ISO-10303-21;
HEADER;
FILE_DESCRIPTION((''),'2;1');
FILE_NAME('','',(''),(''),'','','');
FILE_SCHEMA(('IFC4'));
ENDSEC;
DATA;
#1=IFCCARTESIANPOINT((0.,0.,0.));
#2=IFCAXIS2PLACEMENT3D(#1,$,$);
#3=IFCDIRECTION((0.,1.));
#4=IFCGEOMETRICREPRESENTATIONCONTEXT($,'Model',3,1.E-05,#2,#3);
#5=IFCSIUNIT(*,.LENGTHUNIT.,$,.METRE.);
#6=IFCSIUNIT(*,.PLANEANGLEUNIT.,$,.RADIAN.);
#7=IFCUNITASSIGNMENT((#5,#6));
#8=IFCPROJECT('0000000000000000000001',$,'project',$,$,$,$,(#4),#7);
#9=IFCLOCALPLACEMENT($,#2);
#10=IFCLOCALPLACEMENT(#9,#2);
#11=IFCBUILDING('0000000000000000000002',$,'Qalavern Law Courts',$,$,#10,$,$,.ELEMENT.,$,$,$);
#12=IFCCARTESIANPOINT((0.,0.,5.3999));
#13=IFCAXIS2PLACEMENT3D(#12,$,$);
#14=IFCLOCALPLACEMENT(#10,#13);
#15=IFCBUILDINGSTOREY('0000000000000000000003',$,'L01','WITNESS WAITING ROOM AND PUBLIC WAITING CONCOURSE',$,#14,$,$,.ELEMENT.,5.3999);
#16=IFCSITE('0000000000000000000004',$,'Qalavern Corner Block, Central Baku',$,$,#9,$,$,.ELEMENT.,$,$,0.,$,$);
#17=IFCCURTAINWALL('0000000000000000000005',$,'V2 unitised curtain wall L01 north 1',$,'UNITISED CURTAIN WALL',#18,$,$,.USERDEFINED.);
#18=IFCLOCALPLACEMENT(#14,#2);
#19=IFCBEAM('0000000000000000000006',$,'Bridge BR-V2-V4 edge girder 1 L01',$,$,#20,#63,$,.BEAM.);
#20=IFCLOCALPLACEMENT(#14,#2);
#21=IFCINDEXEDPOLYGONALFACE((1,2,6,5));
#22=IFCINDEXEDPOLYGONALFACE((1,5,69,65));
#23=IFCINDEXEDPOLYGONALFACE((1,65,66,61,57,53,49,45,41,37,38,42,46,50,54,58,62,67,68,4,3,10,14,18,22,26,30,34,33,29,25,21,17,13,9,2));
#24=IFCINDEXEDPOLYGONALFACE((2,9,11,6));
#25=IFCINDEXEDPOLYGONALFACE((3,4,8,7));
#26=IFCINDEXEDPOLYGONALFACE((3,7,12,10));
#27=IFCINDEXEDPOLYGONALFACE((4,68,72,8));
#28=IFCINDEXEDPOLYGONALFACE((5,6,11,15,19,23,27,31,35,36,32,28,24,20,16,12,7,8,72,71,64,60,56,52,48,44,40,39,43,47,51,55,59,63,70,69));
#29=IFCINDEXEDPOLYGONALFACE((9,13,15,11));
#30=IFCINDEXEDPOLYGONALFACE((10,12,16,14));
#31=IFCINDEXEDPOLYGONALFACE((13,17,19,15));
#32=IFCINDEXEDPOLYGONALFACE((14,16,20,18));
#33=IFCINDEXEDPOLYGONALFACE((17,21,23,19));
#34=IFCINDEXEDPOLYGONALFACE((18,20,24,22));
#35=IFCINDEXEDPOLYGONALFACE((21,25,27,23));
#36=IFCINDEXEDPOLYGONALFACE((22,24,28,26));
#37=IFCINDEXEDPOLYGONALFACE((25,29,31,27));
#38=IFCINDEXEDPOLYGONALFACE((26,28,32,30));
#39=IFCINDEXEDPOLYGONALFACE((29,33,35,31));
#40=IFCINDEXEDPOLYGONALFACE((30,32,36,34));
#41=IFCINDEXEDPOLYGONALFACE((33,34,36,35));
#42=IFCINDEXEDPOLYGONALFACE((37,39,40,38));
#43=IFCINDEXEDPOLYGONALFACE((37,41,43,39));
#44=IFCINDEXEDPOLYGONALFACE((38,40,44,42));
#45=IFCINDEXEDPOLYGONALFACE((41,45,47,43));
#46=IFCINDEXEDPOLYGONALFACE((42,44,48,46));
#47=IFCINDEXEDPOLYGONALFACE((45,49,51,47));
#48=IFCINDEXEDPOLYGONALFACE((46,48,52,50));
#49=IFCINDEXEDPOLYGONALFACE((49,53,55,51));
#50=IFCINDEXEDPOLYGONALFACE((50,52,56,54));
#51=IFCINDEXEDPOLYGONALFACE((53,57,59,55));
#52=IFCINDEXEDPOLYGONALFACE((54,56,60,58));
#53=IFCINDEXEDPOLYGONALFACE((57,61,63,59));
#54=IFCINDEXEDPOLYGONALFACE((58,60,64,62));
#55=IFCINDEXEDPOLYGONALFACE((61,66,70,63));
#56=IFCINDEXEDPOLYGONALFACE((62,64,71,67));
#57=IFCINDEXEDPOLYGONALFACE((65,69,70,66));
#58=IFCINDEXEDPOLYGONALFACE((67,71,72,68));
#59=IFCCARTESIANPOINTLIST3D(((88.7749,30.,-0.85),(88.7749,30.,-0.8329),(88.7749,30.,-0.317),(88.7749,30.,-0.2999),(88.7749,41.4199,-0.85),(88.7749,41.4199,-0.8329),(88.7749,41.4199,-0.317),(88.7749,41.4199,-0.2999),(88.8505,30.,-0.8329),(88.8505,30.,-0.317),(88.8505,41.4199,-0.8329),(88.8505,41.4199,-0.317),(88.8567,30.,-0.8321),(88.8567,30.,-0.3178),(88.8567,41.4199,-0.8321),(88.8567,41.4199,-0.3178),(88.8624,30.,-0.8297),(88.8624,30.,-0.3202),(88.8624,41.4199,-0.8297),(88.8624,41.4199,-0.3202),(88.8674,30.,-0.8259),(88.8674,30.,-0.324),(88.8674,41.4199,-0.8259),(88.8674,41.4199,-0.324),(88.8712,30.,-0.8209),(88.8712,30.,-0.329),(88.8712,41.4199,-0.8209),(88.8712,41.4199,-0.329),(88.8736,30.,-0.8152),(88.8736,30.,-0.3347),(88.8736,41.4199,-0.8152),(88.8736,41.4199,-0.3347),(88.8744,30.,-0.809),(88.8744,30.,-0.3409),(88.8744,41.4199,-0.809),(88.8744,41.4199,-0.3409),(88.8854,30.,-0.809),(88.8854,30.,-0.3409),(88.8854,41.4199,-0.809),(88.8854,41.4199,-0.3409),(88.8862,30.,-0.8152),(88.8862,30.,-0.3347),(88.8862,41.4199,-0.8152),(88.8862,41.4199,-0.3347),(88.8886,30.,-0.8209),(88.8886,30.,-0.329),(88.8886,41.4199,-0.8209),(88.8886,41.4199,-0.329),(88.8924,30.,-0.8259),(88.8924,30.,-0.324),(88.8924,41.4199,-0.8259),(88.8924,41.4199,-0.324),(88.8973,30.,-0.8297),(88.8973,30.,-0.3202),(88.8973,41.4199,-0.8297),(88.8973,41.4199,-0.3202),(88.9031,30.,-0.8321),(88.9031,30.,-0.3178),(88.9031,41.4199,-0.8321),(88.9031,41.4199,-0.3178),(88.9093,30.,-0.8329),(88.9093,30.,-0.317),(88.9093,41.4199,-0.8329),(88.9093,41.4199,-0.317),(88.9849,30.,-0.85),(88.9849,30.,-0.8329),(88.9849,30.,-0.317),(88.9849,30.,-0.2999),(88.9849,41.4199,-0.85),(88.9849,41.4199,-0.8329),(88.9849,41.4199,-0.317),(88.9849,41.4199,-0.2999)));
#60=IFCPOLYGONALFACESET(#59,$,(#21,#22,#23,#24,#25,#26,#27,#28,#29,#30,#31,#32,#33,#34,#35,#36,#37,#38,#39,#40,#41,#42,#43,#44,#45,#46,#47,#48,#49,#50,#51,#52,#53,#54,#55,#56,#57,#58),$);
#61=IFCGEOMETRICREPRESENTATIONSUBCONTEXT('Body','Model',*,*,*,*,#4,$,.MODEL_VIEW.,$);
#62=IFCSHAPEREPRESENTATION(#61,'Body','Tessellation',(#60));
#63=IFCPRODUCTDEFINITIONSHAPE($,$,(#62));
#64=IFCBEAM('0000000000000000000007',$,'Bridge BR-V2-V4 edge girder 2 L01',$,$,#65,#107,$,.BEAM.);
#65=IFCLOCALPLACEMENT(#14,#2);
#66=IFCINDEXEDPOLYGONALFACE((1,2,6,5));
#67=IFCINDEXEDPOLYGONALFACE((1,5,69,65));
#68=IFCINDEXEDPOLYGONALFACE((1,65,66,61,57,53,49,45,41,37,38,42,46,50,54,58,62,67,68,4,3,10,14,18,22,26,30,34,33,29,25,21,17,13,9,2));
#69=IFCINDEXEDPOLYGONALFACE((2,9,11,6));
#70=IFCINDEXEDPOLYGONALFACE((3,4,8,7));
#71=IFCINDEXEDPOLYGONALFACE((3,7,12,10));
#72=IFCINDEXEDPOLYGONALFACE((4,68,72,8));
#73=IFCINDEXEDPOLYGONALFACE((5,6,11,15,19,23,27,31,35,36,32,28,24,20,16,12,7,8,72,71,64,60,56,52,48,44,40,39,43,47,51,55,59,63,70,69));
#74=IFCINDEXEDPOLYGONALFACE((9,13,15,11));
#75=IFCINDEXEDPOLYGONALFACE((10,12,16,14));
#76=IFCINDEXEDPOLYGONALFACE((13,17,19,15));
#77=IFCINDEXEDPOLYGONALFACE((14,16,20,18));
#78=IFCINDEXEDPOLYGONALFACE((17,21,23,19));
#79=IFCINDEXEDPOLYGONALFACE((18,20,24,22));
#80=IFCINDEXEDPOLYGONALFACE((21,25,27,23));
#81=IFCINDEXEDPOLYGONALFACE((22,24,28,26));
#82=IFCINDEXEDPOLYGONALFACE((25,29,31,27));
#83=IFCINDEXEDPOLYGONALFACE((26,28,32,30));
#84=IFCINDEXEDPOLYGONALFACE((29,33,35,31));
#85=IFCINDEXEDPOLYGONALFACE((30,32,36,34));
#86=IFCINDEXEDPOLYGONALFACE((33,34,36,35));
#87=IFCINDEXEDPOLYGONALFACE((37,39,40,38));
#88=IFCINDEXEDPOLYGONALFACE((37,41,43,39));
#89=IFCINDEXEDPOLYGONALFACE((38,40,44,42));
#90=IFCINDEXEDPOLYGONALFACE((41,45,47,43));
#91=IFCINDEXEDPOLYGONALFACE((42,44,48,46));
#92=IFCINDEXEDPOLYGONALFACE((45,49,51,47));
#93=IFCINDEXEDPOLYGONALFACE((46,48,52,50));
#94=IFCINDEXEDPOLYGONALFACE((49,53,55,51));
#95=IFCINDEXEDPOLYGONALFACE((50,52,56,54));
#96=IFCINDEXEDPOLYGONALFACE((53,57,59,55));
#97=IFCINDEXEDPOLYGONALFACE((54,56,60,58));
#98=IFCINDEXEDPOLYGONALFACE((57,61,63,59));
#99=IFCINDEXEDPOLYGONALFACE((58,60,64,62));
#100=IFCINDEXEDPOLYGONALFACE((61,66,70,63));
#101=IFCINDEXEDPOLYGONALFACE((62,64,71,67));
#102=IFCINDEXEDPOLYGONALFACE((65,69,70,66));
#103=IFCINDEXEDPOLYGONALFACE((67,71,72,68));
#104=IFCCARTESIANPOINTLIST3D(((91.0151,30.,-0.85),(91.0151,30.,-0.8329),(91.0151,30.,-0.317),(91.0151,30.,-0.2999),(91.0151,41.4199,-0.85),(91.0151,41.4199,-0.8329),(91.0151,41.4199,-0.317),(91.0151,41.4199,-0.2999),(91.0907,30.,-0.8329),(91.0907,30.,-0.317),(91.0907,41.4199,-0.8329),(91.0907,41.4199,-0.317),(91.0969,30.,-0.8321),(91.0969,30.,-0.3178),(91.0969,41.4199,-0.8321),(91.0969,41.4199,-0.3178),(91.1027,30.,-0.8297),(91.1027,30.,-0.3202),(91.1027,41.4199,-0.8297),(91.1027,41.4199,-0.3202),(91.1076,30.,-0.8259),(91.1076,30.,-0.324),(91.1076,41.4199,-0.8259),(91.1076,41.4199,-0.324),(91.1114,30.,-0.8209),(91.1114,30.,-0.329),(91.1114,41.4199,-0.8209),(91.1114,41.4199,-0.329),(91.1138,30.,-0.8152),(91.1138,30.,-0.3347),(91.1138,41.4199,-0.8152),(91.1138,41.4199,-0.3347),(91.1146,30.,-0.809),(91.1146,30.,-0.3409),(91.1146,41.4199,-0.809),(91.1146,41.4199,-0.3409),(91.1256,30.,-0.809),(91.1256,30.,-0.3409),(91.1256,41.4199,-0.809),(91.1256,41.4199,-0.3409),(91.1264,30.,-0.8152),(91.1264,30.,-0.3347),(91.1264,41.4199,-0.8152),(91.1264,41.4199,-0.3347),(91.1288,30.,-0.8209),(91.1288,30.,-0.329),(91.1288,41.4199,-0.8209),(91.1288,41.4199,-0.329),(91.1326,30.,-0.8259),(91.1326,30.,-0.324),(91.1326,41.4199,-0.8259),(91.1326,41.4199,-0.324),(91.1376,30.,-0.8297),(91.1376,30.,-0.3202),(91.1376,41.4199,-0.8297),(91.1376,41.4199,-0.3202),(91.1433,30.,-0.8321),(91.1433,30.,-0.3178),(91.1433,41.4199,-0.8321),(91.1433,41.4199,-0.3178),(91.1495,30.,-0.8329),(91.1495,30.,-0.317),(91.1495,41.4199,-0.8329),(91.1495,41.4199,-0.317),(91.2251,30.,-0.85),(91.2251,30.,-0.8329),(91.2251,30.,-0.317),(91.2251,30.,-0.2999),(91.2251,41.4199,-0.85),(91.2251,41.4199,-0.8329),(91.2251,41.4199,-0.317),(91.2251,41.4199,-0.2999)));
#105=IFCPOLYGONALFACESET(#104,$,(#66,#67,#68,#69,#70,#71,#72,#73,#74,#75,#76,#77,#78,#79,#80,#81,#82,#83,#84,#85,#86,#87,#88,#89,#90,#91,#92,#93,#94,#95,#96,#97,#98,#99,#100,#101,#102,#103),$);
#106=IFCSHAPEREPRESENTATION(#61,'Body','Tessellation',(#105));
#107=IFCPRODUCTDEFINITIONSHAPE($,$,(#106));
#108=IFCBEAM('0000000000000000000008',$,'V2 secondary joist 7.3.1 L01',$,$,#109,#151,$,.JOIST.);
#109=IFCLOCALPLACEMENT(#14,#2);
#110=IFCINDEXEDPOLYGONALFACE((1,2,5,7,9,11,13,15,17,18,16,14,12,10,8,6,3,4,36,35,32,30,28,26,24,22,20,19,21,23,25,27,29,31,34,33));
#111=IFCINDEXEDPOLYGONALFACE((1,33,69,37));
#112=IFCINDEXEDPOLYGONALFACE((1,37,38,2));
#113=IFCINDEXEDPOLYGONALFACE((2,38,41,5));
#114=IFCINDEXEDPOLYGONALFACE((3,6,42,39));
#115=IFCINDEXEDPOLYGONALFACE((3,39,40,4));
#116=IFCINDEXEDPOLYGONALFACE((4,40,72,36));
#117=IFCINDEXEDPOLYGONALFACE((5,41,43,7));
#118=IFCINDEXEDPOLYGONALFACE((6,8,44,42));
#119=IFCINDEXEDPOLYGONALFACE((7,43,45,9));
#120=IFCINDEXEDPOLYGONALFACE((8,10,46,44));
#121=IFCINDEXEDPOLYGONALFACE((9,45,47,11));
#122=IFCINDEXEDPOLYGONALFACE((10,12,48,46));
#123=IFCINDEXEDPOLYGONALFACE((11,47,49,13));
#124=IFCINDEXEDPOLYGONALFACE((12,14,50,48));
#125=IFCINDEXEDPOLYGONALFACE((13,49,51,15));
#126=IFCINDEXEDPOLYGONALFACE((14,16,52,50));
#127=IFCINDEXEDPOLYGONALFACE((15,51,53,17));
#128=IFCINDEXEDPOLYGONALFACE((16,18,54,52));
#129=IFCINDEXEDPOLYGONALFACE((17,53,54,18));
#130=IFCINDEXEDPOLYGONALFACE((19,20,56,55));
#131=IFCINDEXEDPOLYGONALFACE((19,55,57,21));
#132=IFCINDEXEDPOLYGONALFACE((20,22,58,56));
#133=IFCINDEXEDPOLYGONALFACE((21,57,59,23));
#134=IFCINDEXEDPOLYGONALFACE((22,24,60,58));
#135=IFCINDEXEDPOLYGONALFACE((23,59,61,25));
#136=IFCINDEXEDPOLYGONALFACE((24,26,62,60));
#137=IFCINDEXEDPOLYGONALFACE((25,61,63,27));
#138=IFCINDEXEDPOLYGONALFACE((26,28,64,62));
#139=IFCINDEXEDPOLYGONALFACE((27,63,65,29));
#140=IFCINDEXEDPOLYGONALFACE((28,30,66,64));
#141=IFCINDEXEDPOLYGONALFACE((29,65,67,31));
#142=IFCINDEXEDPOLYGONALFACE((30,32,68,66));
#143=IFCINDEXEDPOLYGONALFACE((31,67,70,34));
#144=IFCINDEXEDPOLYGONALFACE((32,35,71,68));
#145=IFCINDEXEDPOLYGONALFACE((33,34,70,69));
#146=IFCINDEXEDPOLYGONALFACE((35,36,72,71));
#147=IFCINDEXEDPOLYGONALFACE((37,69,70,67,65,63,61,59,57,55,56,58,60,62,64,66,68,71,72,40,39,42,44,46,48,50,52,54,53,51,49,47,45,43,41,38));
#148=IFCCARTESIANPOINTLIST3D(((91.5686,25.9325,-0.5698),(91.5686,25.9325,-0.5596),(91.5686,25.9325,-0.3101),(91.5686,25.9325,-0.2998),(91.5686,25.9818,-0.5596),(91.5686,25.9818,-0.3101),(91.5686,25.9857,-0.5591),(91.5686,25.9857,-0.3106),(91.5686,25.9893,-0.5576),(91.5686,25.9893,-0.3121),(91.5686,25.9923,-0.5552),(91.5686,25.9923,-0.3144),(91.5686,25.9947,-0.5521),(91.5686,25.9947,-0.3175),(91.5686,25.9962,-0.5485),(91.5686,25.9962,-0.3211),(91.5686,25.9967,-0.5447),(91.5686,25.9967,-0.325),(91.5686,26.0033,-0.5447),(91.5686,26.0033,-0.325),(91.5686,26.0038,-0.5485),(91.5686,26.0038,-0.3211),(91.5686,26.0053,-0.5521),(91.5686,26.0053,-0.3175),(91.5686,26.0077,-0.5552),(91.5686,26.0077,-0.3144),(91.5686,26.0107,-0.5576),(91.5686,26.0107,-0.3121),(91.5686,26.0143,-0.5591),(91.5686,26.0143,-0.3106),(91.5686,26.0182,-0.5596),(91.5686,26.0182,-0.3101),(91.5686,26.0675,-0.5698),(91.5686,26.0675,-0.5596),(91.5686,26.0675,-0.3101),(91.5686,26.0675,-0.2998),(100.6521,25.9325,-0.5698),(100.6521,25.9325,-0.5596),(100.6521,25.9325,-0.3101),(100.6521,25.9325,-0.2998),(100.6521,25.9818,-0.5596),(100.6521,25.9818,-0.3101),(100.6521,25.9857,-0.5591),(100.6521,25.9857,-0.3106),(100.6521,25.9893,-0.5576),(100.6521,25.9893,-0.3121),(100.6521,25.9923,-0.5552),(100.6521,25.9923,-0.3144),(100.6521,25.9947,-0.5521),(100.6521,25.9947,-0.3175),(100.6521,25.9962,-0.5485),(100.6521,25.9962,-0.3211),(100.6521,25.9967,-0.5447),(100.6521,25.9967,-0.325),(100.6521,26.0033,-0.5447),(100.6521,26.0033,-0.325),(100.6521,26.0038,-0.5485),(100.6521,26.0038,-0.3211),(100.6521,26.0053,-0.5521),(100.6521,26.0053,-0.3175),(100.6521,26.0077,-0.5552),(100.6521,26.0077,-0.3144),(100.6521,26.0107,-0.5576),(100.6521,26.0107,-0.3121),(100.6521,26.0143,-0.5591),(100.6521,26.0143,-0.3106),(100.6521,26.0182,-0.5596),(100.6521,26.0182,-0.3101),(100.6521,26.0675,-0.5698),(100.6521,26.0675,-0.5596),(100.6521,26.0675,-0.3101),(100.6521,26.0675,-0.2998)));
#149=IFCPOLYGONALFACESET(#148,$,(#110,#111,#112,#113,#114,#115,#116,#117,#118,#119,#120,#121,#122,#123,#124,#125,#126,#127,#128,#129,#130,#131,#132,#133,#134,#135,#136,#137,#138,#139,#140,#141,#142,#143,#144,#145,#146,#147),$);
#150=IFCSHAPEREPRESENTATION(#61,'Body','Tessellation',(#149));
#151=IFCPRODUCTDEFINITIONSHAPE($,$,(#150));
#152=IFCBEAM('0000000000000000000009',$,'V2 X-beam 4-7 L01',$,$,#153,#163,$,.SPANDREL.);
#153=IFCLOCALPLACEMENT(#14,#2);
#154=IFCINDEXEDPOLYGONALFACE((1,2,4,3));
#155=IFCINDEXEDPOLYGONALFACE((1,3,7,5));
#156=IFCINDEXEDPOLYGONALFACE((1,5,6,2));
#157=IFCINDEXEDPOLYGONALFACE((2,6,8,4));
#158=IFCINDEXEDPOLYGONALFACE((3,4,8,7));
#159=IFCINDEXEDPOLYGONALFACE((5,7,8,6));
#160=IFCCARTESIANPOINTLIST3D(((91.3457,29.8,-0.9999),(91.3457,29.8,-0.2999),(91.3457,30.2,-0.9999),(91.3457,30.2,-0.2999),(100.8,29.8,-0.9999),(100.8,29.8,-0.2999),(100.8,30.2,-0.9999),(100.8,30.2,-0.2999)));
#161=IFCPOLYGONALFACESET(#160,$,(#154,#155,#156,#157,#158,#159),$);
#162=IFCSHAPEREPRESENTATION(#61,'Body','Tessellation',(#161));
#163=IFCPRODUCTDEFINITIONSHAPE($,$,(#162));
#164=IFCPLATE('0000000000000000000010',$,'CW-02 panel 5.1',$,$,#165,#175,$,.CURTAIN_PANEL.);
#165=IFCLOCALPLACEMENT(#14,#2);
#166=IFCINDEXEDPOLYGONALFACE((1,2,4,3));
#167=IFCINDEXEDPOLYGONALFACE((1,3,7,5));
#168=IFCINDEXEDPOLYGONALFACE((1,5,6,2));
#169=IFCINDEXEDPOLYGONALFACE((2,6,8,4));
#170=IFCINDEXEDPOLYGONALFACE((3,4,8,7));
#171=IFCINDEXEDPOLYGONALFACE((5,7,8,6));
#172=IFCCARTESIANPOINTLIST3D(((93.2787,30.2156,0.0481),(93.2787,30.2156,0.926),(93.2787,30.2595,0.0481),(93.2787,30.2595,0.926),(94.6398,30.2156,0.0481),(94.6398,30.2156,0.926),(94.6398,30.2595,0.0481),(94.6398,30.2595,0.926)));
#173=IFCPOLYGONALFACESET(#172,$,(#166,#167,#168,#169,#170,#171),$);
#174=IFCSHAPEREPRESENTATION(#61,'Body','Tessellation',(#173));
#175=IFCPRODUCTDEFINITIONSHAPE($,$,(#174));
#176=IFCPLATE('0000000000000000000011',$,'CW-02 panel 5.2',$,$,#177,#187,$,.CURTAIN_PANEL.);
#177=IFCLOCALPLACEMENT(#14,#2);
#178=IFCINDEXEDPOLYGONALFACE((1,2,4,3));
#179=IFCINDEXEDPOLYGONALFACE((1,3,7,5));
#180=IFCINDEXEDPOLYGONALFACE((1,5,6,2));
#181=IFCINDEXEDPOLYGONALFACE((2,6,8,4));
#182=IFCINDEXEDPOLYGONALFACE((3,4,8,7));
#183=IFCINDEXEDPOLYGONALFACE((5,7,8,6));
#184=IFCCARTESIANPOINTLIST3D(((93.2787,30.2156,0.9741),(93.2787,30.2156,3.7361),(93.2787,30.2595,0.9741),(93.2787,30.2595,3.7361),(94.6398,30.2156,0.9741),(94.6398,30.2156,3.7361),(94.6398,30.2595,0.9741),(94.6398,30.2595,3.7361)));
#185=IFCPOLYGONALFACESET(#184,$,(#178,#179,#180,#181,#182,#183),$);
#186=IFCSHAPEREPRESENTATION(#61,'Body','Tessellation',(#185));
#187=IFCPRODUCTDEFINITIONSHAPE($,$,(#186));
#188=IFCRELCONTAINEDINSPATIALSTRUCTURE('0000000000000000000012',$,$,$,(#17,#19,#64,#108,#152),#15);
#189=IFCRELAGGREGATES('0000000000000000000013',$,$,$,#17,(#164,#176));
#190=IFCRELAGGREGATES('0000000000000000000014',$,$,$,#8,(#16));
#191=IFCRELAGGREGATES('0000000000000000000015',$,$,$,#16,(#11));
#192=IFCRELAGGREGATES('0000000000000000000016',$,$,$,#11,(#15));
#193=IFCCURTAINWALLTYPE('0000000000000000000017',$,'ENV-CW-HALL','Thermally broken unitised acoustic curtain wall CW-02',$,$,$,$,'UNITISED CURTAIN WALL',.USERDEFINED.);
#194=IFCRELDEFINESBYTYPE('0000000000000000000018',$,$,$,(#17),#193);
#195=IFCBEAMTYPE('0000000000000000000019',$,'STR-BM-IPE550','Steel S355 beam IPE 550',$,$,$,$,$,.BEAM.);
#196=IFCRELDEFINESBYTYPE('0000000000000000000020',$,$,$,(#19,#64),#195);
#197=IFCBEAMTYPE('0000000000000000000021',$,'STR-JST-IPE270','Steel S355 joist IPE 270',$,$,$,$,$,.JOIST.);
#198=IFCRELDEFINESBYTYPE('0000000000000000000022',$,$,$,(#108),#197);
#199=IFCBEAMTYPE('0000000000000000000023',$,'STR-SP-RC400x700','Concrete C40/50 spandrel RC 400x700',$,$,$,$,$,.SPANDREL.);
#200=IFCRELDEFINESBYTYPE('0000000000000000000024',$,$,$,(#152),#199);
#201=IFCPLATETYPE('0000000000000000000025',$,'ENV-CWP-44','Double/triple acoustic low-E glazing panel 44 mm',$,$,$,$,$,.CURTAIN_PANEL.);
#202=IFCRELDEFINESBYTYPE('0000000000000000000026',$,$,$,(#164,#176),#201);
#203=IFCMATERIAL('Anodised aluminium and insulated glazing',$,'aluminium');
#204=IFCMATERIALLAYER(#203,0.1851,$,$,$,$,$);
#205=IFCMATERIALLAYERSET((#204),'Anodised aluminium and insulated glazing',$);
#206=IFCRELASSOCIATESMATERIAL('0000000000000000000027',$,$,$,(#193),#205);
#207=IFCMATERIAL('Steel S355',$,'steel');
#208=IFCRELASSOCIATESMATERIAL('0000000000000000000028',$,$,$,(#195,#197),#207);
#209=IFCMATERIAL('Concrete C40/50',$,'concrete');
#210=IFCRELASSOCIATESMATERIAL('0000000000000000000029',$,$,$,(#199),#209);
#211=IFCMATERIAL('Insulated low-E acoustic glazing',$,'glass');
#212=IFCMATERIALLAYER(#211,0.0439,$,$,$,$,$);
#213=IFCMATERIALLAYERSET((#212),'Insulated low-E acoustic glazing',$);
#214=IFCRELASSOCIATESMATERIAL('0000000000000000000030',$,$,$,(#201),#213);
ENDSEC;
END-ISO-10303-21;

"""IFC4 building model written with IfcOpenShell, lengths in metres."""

from ifc_helpers import new_model, si_unit, direction, frame, origin, origin_2d, place, context, subcontext, project, spatial, rectangle, i_section, extrude, material, layer, layer_set, material_profile, profile_set, type_object, element, aggregate, save


model = new_model("IFC4")

# Units and contexts
model_context = context("Model", 3, precision=1e-05, world=origin(), true_north=direction((0.0, 1.0)))
body_context = subcontext(model_context, "Body", "Model", "MODEL_VIEW")
ifc_project = project(units=[si_unit("LENGTHUNIT", "METRE"), si_unit("PLANEANGLEUNIT", "RADIAN")], contexts=[model_context])

# Site, building, storey
site_placement = place(None, origin())
site = spatial("IfcSite", under=ifc_project, at=site_placement, Name="Qalavern Corner Block, Central Baku", CompositionType="ELEMENT", RefElevation=0.0)
building_placement = place(site_placement, origin())
building = spatial("IfcBuilding", under=site, at=building_placement, Name="Qalavern Law Courts", CompositionType="ELEMENT")
storey_placement = place(building_placement, frame((0.0, 0.0, 5.3999)))
storey = spatial("IfcBuildingStorey", under=building, at=storey_placement, Name="L01", Description="WITNESS WAITING ROOM AND PUBLIC WAITING CONCOURSE", CompositionType="ELEMENT", Elevation=5.3999)

# Curtain wall
ifc_material_1 = material(Name="Anodised aluminium and insulated glazing", Category="aluminium")
ifc_layer_1 = layer(ifc_material_1, 0.1851)
ifc_layer_set_1 = layer_set([ifc_layer_1], Name="Anodised aluminium and insulated glazing")
curtain_wall_type = type_object("IfcCurtainWallType", Name="ENV-CW-HALL", Description="Thermally broken unitised acoustic curtain wall CW-02", ElementType="UNITISED CURTAIN WALL", PredefinedType="USERDEFINED", material=ifc_layer_set_1)
curtain_wall_placement = place(storey_placement, origin())
curtain_wall = element("IfcCurtainWall", 1, at=curtain_wall_placement, inside=storey, type_object=curtain_wall_type, Name="V2 unitised curtain wall L01 north 1", ObjectType="UNITISED CURTAIN WALL", PredefinedType="USERDEFINED")

# Beams
ifc_material_2 = material(Name="Steel S355", Category="steel")
ifc_material_profile_1 = material_profile(ifc_material_2, i_section(OverallWidth=0.21, OverallDepth=0.55, WebThickness=0.011, FlangeThickness=0.0171, FilletRadius=0.0239, at=origin_2d()), Name="IPE 550")
ifc_profile_set_1 = profile_set([ifc_material_profile_1], Name="Steel S355")
beam_type_1 = type_object("IfcBeamType", Name="STR-BM-IPE550", Description="Steel S355 beam IPE 550", PredefinedType="BEAM", material=ifc_profile_set_1)
for number, where, z_axis, x_axis, name in (
    (2, (88.8799, 30.0, -0.575), (0.0, 1.0, 0.0), (-1.0, 0.0, 0.0), "Bridge BR-V2-V4 edge girder 1 L01"),
    (3, (91.1201, 30.0, -0.575), (0.0, 1.0, 0.0), (-1.0, 0.0, 0.0), "Bridge BR-V2-V4 edge girder 2 L01"),
):
    element("IfcBeam", number, at=place(storey_placement, frame(where, z_axis=z_axis, x_axis=x_axis)), inside=storey, type_object=beam_type_1, Name=name, PredefinedType="BEAM", context=body_context, shape_type="SweptSolid", body=[
        extrude(i_section(OverallWidth=0.21, OverallDepth=0.55, WebThickness=0.011, FlangeThickness=0.0171, FilletRadius=0.0239, at=origin_2d()), origin(), (0.0, 0.0, 1.0), 11.4199),
    ])
ifc_material_profile_2 = material_profile(ifc_material_2, i_section(OverallWidth=0.135, OverallDepth=0.27, WebThickness=0.0066, FlangeThickness=0.0103, FilletRadius=0.0149, at=origin_2d()), Name="IPE 270")
ifc_profile_set_2 = profile_set([ifc_material_profile_2], Name="Steel S355")
beam_type_2 = type_object("IfcBeamType", Name="STR-JST-IPE270", Description="Steel S355 joist IPE 270", PredefinedType="JOIST", material=ifc_profile_set_2)
beam_1_placement = place(storey_placement, frame((91.5686, 26.0, -0.4348), z_axis=(1.0, 0.0, 0.0), x_axis=(0.0, 1.0, 0.0)))
element("IfcBeam", 4, at=beam_1_placement, inside=storey, type_object=beam_type_2, Name="V2 secondary joist 7.3.1 L01", PredefinedType="JOIST", context=body_context, shape_type="SweptSolid", body=[
    extrude(i_section(OverallWidth=0.135, OverallDepth=0.27, WebThickness=0.0066, FlangeThickness=0.0103, FilletRadius=0.0149, at=origin_2d()), origin(), (0.0, 0.0, 1.0), 9.0835),
])
ifc_material_3 = material(Name="Concrete C40/50", Category="concrete")
ifc_material_profile_3 = material_profile(ifc_material_3, rectangle(XDim=0.3999, YDim=0.7, at=origin_2d()), Name="RC 400x700")
ifc_profile_set_3 = profile_set([ifc_material_profile_3], Name="Concrete C40/50")
beam_type_3 = type_object("IfcBeamType", Name="STR-SP-RC400x700", Description="Concrete C40/50 spandrel RC 400x700", PredefinedType="SPANDREL", material=ifc_profile_set_3)
beam_2_placement = place(storey_placement, frame((91.3457, 30.0, -0.6499), z_axis=(1.0, 0.0, 0.0), x_axis=(0.0, 1.0, 0.0)))
element("IfcBeam", 5, at=beam_2_placement, inside=storey, type_object=beam_type_3, Name="V2 X-beam 4-7 L01", PredefinedType="SPANDREL", context=body_context, shape_type="SweptSolid", body=[
    extrude(rectangle(XDim=0.3999, YDim=0.7, at=origin_2d()), origin(), (0.0, 0.0, 1.0), 9.4543),
])

# Plates
ifc_material_4 = material(Name="Insulated low-E acoustic glazing", Category="glass")
ifc_layer_2 = layer(ifc_material_4, 0.0439)
ifc_layer_set_2 = layer_set([ifc_layer_2], Name="Insulated low-E acoustic glazing")
plate_type = type_object("IfcPlateType", Name="ENV-CWP-44", Description="Double/triple acoustic low-E glazing panel 44 mm", PredefinedType="CURTAIN_PANEL", material=ifc_layer_set_2)
plate_1_placement = place(storey_placement, frame((93.9592, 30.2375, 0.0481), z_axis=(0.0, 0.0, 1.0), x_axis=(-1.0, 0.0, 0.0)))
plate_1 = element("IfcPlate", 6, at=plate_1_placement, type_object=plate_type, Name="CW-02 panel 5.1", PredefinedType="CURTAIN_PANEL", context=body_context, shape_type="SweptSolid", body=[
    extrude(rectangle(XDim=1.3611, YDim=0.0439, at=origin_2d()), origin(), (0.0, 0.0, 1.0), 0.8779),
])
plate_2_placement = place(storey_placement, frame((93.9592, 30.2375, 0.9741), z_axis=(0.0, 0.0, 1.0), x_axis=(-1.0, 0.0, 0.0)))
plate_2 = element("IfcPlate", 7, at=plate_2_placement, type_object=plate_type, Name="CW-02 panel 5.2", PredefinedType="CURTAIN_PANEL", context=body_context, shape_type="SweptSolid", body=[
    extrude(rectangle(XDim=1.3611, YDim=0.0439, at=origin_2d()), origin(), (0.0, 0.0, 1.0), 2.762),
])
aggregate(curtain_wall, [plate_1, plate_2])

save(model, "model.ifc")
